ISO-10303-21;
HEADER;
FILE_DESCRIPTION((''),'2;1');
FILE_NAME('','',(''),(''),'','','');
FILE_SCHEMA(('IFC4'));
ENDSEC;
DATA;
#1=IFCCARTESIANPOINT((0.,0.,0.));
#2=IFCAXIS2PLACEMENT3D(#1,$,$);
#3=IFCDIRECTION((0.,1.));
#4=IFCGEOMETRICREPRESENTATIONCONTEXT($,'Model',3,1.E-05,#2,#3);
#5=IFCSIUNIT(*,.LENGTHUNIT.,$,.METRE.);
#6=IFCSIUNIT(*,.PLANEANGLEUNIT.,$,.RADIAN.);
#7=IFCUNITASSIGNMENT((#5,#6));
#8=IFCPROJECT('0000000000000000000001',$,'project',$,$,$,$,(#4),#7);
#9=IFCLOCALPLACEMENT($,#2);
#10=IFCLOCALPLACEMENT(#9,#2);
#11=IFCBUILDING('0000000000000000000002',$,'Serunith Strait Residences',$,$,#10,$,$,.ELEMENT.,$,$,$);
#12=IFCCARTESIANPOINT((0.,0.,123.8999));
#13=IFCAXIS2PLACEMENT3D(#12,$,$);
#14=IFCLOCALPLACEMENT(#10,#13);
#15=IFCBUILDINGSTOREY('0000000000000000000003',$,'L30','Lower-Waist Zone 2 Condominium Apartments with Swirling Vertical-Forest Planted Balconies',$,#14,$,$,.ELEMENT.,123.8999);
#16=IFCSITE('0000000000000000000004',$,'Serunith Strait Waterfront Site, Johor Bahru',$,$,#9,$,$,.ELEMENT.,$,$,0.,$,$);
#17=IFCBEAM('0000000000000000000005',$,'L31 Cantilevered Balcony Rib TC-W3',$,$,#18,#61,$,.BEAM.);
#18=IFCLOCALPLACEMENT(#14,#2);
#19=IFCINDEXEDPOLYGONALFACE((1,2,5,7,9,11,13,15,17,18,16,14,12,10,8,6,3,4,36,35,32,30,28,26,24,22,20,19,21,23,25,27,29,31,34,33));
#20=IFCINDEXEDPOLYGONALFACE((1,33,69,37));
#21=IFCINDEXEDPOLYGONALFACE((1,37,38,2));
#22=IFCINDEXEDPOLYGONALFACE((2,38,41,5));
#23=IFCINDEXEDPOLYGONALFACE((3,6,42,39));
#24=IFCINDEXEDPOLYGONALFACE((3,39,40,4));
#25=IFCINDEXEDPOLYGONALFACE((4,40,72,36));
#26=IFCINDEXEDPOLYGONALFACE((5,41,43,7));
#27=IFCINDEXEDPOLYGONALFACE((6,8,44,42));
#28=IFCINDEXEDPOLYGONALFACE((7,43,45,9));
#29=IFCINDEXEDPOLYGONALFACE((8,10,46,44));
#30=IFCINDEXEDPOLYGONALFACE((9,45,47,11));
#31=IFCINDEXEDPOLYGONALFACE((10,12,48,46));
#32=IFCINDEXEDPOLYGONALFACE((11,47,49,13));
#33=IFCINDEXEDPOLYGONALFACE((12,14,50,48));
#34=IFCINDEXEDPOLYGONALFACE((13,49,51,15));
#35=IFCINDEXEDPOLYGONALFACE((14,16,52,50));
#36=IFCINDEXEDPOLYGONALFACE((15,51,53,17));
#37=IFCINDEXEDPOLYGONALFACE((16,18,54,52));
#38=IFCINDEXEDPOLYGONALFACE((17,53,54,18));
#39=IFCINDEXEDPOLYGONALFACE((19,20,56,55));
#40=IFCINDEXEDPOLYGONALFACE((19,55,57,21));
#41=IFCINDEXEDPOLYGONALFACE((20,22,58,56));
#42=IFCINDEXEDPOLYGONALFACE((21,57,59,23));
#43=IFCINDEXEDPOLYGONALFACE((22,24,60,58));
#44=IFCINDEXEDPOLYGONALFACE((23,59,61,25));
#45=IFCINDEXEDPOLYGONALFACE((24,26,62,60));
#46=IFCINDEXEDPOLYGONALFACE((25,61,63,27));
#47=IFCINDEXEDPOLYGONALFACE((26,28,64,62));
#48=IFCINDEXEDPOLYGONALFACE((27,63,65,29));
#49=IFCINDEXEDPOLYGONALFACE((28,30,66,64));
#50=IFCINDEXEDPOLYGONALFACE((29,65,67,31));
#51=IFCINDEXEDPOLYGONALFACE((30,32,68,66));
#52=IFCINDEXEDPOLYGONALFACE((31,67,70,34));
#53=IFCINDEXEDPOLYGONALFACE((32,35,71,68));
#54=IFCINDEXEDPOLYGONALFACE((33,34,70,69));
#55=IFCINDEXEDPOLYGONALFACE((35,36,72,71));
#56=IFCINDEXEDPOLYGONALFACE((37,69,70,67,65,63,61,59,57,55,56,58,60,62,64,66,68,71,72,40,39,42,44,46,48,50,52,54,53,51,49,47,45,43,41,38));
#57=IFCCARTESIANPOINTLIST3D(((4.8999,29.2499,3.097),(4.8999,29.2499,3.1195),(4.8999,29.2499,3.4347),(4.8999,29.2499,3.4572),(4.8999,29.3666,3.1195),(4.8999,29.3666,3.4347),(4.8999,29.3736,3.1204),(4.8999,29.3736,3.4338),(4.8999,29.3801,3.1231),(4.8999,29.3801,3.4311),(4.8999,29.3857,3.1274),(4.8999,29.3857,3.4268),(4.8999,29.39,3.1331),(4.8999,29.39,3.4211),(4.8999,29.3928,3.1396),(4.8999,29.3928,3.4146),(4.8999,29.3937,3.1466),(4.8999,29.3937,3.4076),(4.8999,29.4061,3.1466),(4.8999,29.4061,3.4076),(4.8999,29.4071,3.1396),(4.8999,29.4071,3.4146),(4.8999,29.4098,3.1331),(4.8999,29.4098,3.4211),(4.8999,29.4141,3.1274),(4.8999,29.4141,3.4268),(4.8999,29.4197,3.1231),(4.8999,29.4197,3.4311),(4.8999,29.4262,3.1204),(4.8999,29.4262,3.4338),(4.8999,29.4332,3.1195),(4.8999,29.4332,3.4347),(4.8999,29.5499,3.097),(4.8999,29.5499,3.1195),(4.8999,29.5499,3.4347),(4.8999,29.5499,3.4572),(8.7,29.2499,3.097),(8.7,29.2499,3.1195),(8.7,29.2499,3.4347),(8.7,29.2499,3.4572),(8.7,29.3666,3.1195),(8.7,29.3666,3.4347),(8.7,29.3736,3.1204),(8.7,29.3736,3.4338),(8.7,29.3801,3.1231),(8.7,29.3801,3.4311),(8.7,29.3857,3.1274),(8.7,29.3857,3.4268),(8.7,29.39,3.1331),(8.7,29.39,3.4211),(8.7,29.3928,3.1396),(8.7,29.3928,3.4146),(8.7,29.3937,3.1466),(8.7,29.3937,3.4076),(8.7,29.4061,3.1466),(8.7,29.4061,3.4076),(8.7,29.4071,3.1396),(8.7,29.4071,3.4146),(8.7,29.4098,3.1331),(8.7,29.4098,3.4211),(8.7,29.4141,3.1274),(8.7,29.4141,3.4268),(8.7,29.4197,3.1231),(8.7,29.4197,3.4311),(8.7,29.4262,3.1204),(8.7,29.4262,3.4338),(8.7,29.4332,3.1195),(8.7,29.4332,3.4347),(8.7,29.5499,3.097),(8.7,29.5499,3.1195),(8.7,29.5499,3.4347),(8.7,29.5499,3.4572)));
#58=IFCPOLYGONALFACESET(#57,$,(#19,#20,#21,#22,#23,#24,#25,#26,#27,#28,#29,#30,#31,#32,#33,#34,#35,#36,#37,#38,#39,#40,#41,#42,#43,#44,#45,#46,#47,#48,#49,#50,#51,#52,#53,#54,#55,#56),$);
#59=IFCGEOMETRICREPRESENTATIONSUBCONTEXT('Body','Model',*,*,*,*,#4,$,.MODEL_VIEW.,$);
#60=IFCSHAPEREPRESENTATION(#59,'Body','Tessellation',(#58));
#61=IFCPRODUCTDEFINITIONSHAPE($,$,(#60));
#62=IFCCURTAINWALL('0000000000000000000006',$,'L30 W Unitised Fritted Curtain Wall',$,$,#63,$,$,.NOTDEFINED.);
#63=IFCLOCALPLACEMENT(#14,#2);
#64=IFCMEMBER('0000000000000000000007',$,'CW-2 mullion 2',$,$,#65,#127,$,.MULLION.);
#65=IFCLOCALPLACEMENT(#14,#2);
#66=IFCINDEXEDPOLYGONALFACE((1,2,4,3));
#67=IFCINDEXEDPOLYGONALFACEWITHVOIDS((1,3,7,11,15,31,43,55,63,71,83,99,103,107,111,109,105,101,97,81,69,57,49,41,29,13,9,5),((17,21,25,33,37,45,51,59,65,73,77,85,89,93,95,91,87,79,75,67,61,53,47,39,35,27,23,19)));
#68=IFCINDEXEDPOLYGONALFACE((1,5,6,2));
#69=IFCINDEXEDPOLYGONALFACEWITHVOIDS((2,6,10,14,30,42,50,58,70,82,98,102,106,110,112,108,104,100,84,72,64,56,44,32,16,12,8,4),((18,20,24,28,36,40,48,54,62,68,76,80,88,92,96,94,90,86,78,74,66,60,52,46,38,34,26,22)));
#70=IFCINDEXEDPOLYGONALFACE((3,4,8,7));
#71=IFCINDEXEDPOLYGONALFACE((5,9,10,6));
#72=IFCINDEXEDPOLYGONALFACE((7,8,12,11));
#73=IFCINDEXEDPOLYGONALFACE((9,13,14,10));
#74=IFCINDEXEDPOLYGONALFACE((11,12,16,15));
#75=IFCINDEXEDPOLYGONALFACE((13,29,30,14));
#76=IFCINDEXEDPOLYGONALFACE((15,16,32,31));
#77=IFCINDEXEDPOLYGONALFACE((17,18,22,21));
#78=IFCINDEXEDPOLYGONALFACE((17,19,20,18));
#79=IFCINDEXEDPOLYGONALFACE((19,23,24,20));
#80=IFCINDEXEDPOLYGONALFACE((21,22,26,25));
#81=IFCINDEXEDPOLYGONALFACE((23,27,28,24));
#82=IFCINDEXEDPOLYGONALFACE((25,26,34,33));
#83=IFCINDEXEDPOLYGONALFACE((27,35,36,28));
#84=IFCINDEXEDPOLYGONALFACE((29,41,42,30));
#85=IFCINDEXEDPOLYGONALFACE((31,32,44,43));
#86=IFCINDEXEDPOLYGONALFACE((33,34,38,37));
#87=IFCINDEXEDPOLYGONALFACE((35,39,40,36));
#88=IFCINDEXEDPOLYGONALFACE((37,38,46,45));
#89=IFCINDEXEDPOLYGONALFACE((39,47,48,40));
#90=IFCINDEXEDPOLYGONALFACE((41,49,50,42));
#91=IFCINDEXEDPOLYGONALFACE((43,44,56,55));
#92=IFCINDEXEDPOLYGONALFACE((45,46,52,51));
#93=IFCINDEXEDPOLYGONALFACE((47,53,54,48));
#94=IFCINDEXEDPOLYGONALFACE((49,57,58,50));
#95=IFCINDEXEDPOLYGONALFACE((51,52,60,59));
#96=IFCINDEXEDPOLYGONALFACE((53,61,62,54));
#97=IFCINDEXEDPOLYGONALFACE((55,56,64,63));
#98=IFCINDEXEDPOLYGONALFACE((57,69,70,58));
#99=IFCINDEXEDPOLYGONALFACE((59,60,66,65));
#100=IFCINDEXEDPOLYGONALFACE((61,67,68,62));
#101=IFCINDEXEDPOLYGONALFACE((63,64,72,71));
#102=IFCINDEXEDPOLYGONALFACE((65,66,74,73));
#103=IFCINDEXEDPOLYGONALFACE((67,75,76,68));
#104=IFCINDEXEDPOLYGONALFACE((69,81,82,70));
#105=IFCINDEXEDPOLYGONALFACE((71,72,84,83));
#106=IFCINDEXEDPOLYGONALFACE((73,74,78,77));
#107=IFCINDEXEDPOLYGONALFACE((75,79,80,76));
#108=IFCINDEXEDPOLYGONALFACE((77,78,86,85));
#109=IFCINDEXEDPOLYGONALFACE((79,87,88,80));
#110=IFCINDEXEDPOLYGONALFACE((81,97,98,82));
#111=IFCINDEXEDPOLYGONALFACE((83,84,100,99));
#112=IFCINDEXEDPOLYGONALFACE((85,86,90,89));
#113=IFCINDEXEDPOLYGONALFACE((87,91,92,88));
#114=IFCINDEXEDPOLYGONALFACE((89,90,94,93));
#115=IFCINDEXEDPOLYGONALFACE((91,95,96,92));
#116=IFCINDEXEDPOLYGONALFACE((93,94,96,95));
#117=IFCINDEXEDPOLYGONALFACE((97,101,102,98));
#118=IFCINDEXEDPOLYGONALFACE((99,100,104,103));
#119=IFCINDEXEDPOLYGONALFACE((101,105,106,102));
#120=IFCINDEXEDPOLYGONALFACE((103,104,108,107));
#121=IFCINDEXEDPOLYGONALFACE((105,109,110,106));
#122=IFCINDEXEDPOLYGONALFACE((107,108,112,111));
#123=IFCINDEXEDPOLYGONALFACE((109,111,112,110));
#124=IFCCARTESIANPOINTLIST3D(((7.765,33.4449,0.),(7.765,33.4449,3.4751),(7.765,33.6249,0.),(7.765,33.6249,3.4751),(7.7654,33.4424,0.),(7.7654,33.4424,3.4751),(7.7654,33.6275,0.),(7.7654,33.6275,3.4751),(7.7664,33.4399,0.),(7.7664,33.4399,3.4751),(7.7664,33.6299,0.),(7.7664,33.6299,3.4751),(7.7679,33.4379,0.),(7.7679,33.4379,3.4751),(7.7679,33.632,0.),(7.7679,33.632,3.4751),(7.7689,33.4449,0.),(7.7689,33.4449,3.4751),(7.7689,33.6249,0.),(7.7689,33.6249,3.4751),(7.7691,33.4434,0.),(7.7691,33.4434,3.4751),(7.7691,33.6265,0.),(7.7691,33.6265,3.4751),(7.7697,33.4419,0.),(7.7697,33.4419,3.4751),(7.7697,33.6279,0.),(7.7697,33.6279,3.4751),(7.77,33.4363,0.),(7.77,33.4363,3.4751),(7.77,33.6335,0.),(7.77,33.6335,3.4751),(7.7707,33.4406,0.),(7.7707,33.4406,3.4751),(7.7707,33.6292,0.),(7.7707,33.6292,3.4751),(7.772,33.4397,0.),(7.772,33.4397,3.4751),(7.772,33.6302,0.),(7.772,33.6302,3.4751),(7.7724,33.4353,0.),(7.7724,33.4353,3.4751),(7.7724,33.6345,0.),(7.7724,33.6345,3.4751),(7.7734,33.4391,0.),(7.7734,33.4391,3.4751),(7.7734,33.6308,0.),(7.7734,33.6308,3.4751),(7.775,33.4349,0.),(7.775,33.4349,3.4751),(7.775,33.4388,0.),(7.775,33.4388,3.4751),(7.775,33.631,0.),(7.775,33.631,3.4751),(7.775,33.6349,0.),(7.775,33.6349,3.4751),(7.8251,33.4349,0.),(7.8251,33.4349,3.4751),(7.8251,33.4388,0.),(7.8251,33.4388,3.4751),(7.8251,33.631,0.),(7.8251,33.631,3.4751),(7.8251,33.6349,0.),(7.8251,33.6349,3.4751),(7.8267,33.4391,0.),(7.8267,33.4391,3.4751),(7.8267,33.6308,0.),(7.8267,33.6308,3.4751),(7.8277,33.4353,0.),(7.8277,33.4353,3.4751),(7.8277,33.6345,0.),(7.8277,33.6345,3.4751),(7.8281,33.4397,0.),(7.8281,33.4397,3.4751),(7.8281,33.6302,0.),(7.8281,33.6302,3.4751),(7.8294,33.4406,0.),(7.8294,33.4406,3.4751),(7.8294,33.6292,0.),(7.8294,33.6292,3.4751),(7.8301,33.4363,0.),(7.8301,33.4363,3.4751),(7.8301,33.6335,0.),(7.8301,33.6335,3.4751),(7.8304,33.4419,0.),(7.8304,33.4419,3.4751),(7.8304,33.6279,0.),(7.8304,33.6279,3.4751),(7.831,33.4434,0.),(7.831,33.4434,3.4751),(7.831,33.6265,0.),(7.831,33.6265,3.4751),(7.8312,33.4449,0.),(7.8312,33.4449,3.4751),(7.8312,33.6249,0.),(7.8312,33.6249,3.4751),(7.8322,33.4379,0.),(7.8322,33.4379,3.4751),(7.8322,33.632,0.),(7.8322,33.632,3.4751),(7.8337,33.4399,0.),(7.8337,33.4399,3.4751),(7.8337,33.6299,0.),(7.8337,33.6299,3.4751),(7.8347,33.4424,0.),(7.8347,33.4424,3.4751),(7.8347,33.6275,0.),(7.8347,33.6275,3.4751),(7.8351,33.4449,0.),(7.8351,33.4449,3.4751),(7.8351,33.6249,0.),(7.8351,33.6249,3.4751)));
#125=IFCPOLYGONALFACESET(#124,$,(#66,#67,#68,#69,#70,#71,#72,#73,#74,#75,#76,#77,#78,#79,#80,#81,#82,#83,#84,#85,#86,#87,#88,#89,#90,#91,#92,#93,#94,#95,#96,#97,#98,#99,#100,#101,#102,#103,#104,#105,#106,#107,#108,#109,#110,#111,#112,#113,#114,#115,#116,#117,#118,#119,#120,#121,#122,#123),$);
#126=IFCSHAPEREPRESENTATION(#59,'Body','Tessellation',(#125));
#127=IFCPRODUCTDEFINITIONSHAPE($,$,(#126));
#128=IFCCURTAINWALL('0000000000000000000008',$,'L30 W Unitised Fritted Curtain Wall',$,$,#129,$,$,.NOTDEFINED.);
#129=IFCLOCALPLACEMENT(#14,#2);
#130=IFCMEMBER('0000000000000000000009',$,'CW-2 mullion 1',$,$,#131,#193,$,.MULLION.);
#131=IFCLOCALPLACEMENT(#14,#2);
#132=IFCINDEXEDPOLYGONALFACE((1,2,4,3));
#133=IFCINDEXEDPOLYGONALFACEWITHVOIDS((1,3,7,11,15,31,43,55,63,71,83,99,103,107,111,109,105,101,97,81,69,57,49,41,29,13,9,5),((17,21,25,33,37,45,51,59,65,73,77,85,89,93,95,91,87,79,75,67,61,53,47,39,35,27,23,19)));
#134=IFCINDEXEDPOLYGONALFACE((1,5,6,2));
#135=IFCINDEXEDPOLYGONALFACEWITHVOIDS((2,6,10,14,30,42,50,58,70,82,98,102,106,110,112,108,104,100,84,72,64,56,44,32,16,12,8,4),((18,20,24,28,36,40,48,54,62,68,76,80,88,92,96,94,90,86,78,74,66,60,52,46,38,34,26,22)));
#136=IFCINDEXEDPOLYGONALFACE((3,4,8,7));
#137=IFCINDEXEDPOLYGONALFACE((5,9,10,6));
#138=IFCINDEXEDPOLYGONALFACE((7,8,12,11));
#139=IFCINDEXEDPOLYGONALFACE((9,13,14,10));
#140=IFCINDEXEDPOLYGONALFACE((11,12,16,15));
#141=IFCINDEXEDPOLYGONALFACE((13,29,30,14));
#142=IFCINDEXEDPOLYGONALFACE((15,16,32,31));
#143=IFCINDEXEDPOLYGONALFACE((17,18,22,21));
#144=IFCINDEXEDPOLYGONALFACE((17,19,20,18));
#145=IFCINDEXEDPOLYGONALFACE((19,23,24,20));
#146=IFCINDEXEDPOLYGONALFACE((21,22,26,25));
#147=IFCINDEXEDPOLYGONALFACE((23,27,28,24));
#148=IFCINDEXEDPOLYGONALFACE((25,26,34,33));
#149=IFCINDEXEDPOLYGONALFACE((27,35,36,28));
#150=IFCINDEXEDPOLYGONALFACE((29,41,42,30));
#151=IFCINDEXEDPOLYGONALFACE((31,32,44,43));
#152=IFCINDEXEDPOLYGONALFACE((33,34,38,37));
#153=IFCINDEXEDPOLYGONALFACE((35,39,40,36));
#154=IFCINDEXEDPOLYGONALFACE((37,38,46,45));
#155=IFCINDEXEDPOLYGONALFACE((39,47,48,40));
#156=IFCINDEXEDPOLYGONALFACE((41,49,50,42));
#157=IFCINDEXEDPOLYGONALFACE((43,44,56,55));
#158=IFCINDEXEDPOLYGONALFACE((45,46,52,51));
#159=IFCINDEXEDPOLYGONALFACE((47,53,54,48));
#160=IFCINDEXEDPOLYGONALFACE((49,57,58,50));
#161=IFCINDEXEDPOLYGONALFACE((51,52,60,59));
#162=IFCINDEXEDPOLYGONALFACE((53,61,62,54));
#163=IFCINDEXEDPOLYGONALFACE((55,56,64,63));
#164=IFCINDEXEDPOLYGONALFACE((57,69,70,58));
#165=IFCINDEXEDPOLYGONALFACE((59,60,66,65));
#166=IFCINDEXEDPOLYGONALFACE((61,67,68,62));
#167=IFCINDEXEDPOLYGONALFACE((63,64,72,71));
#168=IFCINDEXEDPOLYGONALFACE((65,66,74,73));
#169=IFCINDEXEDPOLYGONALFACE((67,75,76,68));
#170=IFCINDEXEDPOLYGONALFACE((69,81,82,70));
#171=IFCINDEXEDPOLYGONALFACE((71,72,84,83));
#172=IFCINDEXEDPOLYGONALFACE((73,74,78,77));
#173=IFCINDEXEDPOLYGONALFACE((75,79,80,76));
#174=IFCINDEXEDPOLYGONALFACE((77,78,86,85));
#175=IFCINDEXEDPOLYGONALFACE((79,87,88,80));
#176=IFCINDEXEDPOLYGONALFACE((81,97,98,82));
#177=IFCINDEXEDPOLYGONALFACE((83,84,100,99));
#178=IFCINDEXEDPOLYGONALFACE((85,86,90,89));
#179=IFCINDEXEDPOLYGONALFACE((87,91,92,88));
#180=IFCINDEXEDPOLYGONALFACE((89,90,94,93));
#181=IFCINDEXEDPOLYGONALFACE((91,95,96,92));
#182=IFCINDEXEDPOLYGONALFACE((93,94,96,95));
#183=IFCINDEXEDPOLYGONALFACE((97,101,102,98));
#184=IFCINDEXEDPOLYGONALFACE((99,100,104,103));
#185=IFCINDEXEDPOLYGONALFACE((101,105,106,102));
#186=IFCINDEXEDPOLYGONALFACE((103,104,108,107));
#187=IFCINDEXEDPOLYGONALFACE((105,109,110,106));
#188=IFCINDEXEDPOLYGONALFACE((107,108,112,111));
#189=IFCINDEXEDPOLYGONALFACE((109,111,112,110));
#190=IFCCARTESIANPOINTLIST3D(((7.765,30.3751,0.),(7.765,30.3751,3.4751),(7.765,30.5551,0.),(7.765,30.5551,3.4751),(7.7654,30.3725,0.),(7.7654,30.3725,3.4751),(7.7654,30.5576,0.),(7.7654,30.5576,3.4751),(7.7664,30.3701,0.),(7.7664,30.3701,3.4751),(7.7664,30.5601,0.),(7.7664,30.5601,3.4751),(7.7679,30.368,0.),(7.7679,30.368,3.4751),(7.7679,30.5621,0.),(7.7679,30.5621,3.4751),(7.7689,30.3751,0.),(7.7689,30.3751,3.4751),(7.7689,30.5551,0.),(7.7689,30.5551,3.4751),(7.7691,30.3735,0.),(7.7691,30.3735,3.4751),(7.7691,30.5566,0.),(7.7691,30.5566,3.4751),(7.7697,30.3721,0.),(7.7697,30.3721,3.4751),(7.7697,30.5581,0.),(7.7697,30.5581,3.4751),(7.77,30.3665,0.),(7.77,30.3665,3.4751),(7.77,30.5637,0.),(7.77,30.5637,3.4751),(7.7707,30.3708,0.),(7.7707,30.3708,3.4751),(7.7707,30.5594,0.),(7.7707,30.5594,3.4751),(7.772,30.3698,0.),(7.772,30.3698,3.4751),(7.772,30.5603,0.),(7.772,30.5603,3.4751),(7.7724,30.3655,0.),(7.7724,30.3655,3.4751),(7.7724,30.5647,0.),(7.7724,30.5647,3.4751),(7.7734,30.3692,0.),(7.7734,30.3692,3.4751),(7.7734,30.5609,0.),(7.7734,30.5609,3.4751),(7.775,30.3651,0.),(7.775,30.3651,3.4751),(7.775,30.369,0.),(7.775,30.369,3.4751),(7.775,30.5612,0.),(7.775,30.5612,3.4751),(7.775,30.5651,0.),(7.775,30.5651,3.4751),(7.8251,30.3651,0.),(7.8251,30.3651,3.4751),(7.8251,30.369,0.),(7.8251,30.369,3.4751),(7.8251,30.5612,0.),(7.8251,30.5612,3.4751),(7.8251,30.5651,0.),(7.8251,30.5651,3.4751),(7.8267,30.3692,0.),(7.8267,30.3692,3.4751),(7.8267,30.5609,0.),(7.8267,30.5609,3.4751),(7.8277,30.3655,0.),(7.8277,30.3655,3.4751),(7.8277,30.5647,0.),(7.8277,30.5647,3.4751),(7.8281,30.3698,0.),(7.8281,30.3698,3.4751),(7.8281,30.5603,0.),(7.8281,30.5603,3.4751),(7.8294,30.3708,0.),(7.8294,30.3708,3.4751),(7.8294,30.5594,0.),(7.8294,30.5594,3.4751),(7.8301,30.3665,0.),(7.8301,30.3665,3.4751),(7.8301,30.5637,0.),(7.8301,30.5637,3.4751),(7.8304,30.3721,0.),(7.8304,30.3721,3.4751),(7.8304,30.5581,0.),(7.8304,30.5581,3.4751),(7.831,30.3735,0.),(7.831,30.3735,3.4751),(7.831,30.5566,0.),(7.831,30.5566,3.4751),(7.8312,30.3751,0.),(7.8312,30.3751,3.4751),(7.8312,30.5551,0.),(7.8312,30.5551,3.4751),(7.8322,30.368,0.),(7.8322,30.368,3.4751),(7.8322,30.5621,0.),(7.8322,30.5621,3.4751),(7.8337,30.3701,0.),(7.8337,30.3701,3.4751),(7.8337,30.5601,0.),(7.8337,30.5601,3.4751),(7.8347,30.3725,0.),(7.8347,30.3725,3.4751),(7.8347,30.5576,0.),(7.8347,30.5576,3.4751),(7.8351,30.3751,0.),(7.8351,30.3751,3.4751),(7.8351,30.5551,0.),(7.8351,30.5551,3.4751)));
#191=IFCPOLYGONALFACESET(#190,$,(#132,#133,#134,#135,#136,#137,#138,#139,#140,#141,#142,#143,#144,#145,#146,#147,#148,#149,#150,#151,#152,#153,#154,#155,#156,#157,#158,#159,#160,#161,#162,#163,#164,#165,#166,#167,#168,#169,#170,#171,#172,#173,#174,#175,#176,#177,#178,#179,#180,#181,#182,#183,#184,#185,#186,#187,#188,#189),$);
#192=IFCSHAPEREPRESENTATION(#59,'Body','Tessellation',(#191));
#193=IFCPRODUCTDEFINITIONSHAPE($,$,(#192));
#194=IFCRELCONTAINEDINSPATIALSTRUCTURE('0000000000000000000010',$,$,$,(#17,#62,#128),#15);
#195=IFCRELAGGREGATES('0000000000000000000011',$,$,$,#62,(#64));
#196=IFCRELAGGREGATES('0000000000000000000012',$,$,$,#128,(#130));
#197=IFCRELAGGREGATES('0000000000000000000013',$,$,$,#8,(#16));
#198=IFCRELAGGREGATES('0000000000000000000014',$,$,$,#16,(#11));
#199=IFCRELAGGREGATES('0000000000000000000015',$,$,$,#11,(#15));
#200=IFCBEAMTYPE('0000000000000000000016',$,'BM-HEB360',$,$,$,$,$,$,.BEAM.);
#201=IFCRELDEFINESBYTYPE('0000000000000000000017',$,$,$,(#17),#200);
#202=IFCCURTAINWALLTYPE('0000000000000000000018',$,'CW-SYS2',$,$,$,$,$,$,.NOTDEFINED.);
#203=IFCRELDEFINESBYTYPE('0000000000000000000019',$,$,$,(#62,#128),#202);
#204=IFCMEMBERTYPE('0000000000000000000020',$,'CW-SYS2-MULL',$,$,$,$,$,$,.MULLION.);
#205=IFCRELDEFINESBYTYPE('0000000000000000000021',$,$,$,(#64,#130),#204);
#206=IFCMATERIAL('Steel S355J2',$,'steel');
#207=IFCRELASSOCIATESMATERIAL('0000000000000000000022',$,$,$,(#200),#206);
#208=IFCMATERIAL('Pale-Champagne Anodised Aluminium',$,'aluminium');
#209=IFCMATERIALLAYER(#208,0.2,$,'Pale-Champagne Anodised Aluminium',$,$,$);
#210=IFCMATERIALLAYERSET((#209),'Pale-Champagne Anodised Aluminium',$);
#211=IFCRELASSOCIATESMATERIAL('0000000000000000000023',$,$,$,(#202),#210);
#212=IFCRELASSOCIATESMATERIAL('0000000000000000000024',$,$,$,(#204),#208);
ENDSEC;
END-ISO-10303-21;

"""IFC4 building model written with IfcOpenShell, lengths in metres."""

from ifc_helpers import new_model, si_unit, direction, frame, origin, origin_2d, place, context, subcontext, project, spatial, hollow_rectangle, i_section, extrude, source, transform, mapped, material, layer, layer_set, material_profile, profile_set, type_object, element, aggregate, save


model = new_model("IFC4")

# Units and contexts
model_context = context("Model", 3, precision=1e-05, world=origin(), true_north=direction((0.0, 1.0)))
body_context = subcontext(model_context, "Body", "Model", "MODEL_VIEW")
ifc_project = project(units=[si_unit("LENGTHUNIT", "METRE"), si_unit("PLANEANGLEUNIT", "RADIAN")], contexts=[model_context])

# Site, building, storey
site_placement = place(None, origin())
site = spatial("IfcSite", under=ifc_project, at=site_placement, Name="Serunith Strait Waterfront Site, Johor Bahru", CompositionType="ELEMENT", RefElevation=0.0)
building_placement = place(site_placement, origin())
building = spatial("IfcBuilding", under=site, at=building_placement, Name="Serunith Strait Residences", CompositionType="ELEMENT")
storey_placement = place(building_placement, frame((0.0, 0.0, 123.8999)))
storey = spatial("IfcBuildingStorey", under=building, at=storey_placement, Name="L30", Description="Lower-Waist Zone 2 Condominium Apartments with Swirling Vertical-Forest Planted Balconies", CompositionType="ELEMENT", Elevation=123.8999)

# Beam
ifc_material_1 = material(Name="Steel S355J2", Category="steel")
ifc_material_profile_1 = material_profile(ifc_material_1, i_section(OverallWidth=0.3, OverallDepth=0.3601, WebThickness=0.0125, FlangeThickness=0.0225, FilletRadius=0.0271, at=origin_2d()), Name="HEB 360")
ifc_profile_set_1 = profile_set([ifc_material_profile_1], Name="Steel S355J2")
beam_type_1 = type_object("IfcBeamType", Name="BM-HEB360", PredefinedType="BEAM", material=ifc_profile_set_1)
shared_shape_1 = source(origin(), body_context, "Body", "SweptSolid", [
    extrude(i_section(OverallWidth=0.3, OverallDepth=0.3601, WebThickness=0.0125, FlangeThickness=0.0225, FilletRadius=0.0271, at=origin_2d()), origin(), (0.0, 0.0, 1.0), 3.8),
])
beam_1_placement = place(storey_placement, frame((8.7, 29.3999, 3.2771), z_axis=(-1.0, 0.0, 0.0), x_axis=(0.0, -1.0, 0.0)))
element("IfcBeam", 1, at=beam_1_placement, inside=storey, type_object=beam_type_1, Name="L31 Cantilevered Balcony Rib TC-W3", PredefinedType="BEAM", context=body_context, shape_type="MappedRepresentation", body=[
    mapped(shared_shape_1, transform((0.0, 0.0, 0.0), scale=1.0)),
])

# Curtain wall, member
ifc_material_2 = material(Name="Pale-Champagne Anodised Aluminium", Category="aluminium")
ifc_layer_1 = layer(ifc_material_2, 0.2, Name="Pale-Champagne Anodised Aluminium")
ifc_layer_set_1 = layer_set([ifc_layer_1], Name="Pale-Champagne Anodised Aluminium")
curtain_wall_type = type_object("IfcCurtainWallType", Name="CW-SYS2", PredefinedType="NOTDEFINED", material=ifc_layer_set_1)
curtain_wall_1_placement = place(storey_placement, origin())
curtain_wall_1 = element("IfcCurtainWall", 2, at=curtain_wall_1_placement, inside=storey, type_object=curtain_wall_type, Name="L30 W Unitised Fritted Curtain Wall", PredefinedType="NOTDEFINED")
ifc_material_profile_2 = material_profile(ifc_material_2, hollow_rectangle(XDim=0.0701, YDim=0.2, WallThickness=0.0039, InnerFilletRadius=0.0061, OuterFilletRadius=0.01, at=origin_2d()), Name="ALU 200x70x4")
ifc_profile_set_2 = profile_set([ifc_material_profile_2], Name="Pale-Champagne Anodised Aluminium")
member_type_1 = type_object("IfcMemberType", Name="CW-SYS2-MULL", PredefinedType="MULLION", material=ifc_profile_set_2)
shared_shape_2 = source(origin(), body_context, "Body", "SweptSolid", [
    extrude(hollow_rectangle(XDim=0.0701, YDim=0.2, WallThickness=0.0039, InnerFilletRadius=0.0061, OuterFilletRadius=0.01, at=origin_2d()), origin(), (0.0, 0.0, 1.0), 3.4751),
])
member_1_placement = place(storey_placement, frame((7.8, 33.5349, 0.0), z_axis=(0.0, 0.0, 1.0), x_axis=(1.0, 0.0, 0.0)))
member_1 = element("IfcMember", 3, at=member_1_placement, type_object=member_type_1, Name="CW-2 mullion 2", PredefinedType="MULLION", context=body_context, shape_type="MappedRepresentation", body=[
    mapped(shared_shape_2, transform((0.0, 0.0, 0.0), scale=1.0)),
])
aggregate(curtain_wall_1, [member_1])

# Curtain wall, member
curtain_wall_2_placement = place(storey_placement, origin())
curtain_wall_2 = element("IfcCurtainWall", 4, at=curtain_wall_2_placement, inside=storey, type_object=curtain_wall_type, Name="L30 W Unitised Fritted Curtain Wall", PredefinedType="NOTDEFINED")
member_2_placement = place(storey_placement, frame((7.8, 30.4651, 0.0), z_axis=(0.0, 0.0, 1.0), x_axis=(1.0, 0.0, 0.0)))
member_2 = element("IfcMember", 5, at=member_2_placement, type_object=member_type_1, Name="CW-2 mullion 1", PredefinedType="MULLION", context=body_context, shape_type="MappedRepresentation", body=[
    mapped(shared_shape_2, transform((0.0, 0.0, 0.0), scale=1.0)),
])
aggregate(curtain_wall_2, [member_2])

save(model, "model.ifc")
